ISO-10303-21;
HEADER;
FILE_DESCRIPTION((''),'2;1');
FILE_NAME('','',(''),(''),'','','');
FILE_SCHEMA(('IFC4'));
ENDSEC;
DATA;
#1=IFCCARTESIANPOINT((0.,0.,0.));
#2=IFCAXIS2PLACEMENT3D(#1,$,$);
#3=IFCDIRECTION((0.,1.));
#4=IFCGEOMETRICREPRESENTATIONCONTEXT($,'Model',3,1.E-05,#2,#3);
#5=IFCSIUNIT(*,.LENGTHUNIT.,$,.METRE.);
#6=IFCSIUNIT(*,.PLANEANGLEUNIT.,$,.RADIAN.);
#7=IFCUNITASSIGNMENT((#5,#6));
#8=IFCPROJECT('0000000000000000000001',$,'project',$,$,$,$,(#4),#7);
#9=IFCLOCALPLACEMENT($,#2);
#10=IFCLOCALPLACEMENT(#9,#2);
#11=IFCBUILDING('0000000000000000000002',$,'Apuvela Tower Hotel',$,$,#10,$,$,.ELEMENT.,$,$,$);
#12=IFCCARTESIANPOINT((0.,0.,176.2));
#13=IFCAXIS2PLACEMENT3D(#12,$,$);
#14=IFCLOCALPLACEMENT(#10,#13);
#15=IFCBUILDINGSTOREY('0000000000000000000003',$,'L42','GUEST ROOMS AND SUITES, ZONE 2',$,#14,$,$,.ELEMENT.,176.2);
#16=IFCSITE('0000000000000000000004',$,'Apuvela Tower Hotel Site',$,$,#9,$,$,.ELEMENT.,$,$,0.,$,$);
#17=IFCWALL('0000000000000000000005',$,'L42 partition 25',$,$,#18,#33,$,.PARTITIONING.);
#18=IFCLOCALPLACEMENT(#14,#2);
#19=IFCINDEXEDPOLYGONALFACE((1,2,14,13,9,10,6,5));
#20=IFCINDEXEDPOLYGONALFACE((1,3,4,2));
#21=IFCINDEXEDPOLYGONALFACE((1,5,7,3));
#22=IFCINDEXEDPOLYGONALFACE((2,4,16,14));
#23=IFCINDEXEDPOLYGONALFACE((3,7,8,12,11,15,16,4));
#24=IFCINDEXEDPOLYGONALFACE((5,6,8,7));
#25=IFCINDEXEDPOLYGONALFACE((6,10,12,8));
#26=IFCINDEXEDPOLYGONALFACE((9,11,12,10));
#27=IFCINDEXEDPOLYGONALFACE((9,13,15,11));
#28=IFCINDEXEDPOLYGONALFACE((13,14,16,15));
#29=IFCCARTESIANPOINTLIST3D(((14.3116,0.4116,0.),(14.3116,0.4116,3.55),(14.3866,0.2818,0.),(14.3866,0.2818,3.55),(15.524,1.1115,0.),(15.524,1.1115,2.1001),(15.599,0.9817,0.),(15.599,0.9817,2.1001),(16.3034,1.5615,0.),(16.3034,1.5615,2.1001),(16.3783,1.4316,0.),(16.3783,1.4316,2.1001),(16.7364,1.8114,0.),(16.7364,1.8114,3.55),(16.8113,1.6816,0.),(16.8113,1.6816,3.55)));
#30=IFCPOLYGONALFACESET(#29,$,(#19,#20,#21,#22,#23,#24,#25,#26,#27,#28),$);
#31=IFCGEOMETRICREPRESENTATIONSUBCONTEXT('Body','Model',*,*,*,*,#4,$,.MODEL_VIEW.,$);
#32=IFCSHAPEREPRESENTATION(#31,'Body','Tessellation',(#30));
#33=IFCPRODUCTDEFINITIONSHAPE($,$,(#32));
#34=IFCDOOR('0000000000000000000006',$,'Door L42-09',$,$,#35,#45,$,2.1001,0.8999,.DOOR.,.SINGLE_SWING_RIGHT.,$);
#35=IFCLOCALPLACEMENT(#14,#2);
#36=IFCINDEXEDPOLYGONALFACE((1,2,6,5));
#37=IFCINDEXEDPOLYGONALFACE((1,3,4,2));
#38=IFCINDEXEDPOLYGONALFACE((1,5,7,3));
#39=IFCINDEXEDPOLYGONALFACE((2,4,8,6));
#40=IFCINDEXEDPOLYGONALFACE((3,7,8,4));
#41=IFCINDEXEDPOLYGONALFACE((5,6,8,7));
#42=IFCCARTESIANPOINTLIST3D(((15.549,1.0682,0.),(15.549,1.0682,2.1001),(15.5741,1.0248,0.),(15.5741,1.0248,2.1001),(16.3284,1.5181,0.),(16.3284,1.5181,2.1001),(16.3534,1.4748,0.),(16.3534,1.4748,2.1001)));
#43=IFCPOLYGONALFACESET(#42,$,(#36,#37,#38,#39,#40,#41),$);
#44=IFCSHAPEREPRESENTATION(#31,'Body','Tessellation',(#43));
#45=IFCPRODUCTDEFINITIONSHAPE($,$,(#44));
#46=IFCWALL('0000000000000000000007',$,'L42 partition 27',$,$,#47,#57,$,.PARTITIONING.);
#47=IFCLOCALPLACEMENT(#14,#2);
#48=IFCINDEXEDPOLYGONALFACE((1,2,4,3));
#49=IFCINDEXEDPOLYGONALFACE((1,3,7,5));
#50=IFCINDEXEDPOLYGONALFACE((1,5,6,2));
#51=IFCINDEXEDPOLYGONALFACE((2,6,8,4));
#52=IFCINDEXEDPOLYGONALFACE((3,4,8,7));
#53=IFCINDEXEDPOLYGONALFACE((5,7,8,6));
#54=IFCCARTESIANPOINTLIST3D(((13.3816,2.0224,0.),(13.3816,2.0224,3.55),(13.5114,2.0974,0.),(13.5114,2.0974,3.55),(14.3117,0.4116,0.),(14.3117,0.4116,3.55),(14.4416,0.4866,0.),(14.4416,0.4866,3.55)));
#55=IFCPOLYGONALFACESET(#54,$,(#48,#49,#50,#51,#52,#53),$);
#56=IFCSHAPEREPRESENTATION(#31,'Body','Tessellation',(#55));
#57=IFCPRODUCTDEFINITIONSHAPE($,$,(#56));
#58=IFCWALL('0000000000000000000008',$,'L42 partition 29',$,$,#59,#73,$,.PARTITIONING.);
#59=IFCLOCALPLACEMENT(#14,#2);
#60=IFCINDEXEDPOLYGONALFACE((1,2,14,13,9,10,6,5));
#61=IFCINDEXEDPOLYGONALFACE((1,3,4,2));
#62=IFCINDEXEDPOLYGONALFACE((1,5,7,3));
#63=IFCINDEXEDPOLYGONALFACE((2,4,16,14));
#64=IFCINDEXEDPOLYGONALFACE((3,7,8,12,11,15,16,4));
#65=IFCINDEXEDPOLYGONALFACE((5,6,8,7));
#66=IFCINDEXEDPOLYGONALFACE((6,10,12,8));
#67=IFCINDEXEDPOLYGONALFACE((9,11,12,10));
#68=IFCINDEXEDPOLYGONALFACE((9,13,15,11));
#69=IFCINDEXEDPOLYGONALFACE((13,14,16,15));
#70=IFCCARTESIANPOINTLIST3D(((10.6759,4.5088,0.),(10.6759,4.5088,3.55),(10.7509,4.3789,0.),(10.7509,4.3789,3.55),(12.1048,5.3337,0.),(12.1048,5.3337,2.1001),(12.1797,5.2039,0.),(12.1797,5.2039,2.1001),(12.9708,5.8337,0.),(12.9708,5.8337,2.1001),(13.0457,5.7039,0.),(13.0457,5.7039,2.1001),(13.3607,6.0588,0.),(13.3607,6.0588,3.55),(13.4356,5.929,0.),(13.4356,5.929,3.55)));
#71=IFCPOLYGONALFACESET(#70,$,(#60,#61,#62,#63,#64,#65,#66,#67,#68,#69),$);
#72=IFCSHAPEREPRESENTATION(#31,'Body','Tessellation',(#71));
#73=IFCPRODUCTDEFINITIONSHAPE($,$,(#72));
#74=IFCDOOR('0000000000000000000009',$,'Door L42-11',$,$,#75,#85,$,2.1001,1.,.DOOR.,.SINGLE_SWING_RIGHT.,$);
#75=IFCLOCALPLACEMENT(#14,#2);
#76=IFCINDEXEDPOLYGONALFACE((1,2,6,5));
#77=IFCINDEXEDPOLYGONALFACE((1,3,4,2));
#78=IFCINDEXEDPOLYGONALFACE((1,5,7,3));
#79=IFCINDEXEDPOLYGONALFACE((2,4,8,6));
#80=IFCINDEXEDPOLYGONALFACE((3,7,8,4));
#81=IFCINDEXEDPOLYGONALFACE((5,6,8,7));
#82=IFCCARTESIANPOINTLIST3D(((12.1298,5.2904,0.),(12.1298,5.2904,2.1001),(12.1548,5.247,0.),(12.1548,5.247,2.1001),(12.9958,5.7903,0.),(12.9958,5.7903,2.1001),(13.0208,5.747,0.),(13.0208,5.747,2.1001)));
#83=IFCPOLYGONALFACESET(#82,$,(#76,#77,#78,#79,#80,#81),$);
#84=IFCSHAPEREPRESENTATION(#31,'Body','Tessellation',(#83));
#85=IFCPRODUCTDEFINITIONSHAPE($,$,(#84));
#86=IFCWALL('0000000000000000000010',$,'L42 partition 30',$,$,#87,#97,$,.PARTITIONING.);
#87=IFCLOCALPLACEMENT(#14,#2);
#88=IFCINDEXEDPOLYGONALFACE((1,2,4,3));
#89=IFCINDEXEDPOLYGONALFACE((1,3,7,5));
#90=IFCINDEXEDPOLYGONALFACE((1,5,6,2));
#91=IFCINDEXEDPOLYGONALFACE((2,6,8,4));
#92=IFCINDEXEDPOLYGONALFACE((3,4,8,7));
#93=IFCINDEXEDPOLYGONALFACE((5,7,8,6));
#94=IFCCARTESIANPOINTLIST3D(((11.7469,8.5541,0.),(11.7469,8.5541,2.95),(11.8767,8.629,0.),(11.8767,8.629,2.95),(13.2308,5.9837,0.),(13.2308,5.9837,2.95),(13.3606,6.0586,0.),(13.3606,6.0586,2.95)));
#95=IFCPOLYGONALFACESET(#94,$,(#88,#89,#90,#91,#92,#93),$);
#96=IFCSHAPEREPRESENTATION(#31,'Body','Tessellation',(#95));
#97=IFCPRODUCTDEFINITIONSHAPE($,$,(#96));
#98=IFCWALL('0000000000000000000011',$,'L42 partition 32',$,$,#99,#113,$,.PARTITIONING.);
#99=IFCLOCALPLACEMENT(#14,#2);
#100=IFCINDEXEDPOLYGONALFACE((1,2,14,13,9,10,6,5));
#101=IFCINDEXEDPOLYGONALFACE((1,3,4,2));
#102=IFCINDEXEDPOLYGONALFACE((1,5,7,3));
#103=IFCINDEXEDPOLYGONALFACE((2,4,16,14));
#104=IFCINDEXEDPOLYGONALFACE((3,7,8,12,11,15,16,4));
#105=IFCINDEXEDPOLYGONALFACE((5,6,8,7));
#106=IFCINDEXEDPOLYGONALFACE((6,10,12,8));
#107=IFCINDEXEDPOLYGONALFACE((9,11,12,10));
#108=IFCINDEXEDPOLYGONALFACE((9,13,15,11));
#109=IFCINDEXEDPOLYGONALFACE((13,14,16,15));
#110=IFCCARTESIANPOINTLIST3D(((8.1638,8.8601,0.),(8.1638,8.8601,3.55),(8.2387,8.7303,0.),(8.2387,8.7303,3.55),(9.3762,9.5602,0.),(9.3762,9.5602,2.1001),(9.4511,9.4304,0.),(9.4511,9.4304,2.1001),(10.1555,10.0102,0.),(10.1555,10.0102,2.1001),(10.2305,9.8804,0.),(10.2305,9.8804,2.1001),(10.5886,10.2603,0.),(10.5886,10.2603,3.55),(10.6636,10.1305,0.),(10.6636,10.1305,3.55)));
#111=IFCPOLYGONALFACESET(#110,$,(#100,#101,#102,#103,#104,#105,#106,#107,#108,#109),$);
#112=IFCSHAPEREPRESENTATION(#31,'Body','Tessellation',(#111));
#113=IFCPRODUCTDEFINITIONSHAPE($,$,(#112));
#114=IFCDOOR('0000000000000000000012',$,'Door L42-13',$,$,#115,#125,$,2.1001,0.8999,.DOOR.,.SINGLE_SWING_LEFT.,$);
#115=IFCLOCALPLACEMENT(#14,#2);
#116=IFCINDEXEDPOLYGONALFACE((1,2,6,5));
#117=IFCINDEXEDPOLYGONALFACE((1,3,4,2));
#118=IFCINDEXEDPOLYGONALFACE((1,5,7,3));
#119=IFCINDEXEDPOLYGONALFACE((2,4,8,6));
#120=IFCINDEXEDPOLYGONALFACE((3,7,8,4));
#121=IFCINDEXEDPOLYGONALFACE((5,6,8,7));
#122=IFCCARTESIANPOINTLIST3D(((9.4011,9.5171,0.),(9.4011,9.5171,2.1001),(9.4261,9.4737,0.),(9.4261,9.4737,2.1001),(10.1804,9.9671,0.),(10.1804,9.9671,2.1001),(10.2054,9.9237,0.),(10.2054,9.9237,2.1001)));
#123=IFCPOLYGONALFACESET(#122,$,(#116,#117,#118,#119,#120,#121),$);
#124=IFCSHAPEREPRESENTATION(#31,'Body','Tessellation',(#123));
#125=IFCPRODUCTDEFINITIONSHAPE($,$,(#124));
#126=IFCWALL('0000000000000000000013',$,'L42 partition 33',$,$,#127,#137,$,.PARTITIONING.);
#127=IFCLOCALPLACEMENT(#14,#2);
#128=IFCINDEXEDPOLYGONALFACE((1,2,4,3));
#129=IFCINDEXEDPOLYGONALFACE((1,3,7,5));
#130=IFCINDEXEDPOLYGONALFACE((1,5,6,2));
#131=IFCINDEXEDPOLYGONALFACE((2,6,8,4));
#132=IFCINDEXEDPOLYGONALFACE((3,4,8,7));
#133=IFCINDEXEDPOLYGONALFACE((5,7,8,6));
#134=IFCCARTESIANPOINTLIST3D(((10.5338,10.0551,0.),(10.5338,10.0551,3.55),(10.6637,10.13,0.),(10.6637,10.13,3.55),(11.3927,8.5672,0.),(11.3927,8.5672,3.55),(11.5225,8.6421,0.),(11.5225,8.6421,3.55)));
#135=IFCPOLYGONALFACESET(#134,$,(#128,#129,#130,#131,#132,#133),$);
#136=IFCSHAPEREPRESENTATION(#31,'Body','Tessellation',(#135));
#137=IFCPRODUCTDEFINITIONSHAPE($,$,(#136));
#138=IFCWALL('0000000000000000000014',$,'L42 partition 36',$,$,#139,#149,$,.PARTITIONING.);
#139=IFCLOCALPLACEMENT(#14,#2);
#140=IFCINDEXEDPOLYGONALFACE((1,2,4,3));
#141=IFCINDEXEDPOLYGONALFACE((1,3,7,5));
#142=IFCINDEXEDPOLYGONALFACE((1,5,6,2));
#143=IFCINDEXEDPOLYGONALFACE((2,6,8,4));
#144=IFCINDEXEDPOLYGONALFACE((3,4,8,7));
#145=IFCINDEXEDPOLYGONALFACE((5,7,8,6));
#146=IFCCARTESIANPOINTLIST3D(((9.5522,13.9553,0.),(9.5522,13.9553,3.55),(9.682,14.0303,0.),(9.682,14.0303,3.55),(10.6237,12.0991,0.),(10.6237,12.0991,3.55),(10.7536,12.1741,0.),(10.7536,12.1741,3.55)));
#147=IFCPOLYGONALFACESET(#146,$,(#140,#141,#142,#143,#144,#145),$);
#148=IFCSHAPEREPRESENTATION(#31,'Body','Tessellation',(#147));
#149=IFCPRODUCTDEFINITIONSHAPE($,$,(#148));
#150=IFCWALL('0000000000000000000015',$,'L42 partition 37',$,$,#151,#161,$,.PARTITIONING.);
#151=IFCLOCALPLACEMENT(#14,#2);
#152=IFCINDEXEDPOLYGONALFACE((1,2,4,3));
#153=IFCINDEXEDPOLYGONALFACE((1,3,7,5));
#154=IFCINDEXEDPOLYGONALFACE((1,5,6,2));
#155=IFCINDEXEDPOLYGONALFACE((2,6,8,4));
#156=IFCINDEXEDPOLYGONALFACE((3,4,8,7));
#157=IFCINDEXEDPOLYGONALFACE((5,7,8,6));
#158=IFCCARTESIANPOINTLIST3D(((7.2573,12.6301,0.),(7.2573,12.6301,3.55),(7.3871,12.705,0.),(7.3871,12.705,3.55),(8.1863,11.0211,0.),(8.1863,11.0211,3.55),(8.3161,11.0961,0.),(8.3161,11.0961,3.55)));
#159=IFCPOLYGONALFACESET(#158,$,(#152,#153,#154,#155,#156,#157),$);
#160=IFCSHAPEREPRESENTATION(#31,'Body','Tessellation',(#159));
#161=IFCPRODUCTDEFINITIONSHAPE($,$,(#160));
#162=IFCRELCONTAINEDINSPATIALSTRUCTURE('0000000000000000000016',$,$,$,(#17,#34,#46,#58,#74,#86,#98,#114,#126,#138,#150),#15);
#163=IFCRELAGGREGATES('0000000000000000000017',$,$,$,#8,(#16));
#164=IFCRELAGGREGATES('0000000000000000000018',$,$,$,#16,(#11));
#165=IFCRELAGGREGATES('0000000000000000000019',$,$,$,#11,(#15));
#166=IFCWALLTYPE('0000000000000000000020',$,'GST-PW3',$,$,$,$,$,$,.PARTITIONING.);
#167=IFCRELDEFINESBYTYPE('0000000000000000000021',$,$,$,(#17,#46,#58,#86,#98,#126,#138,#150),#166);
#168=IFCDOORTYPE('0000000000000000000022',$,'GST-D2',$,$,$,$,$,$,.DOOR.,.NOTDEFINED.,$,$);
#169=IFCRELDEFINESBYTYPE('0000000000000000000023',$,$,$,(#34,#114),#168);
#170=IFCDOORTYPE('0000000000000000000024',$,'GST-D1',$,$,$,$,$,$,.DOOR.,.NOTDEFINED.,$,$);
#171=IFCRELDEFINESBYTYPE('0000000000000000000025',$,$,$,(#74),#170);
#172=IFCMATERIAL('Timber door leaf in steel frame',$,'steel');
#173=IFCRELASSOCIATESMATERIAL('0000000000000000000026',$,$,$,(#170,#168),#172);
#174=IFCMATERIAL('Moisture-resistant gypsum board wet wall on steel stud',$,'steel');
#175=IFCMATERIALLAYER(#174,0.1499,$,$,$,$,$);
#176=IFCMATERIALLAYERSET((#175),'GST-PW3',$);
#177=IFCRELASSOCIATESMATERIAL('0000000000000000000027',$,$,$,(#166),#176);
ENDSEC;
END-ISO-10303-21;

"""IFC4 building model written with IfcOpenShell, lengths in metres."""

from ifc_helpers import new_model, si_unit, direction, frame, frame_2d, origin, place, context, subcontext, project, spatial, rectangle, extrude, material, layer, layer_set, type_object, element, fill, save


model = new_model("IFC4")

# Units and contexts
model_context = context("Model", 3, precision=1e-05, world=origin(), true_north=direction((0.0, 1.0)))
body_context = subcontext(model_context, "Body", "Model", "MODEL_VIEW")
ifc_project = project(units=[si_unit("LENGTHUNIT", "METRE"), si_unit("PLANEANGLEUNIT", "RADIAN")], contexts=[model_context])

# Site, building, storey
site_placement = place(None, origin())
site = spatial("IfcSite", under=ifc_project, at=site_placement, Name="Apuvela Tower Hotel Site", CompositionType="ELEMENT", RefElevation=0.0)
building_placement = place(site_placement, origin())
building = spatial("IfcBuilding", under=site, at=building_placement, Name="Apuvela Tower Hotel", CompositionType="ELEMENT")
storey_placement = place(building_placement, frame((0.0, 0.0, 176.2)))
storey = spatial("IfcBuildingStorey", under=building, at=storey_placement, Name="L42", Description="GUEST ROOMS AND SUITES, ZONE 2", CompositionType="ELEMENT", Elevation=176.2)

# Wall, opening, door
ifc_material_1 = material(Name="Timber door leaf in steel frame", Category="steel")
door_type_1 = type_object("IfcDoorType", Name="GST-D1", OperationType="NOTDEFINED", PredefinedType="DOOR", material=ifc_material_1)
ifc_material_2 = material(Name="Moisture-resistant gypsum board wet wall on steel stud", Category="steel")
ifc_layer_1 = layer(ifc_material_2, 0.1499)
ifc_layer_set_1 = layer_set([ifc_layer_1], Name="GST-PW3")
wall_type_1 = type_object("IfcWallType", Name="GST-PW3", PredefinedType="PARTITIONING", material=ifc_layer_set_1)
wall_1_placement = place(storey_placement, frame((14.3491, 0.3467, 0.0), z_axis=(0.0, 0.0, 1.0), x_axis=(0.866035, 0.499984, 0.0)))
wall_1 = element("IfcWall", 1, at=wall_1_placement, inside=storey, type_object=wall_type_1, Name="L42 partition 25", PredefinedType="PARTITIONING", context=body_context, shape_type="SweptSolid", body=[
    extrude(rectangle(XDim=2.7998, YDim=0.1499, at=frame_2d((1.3999, 0.0))), origin(), (0.0, 0.0, 1.0), 3.55),
])
opening_1_placement = place(wall_1_placement, frame((1.3999, 0.0, 0.0)))
opening_1 = element("IfcOpeningElement", 2, at=opening_1_placement, cuts=wall_1, PredefinedType="OPENING", context=body_context, shape_type="SweptSolid", body=[
    extrude(rectangle(XDim=0.8999, YDim=2.1001, at=frame_2d((0.45, 1.05))), frame((0.0, 0.085, 0.0), z_axis=(0.0, -1.0, 0.0), x_axis=(1.0, 0.0, 0.0)), (0.0, 0.0, 1.0), 0.1699),
])
door_type_2 = type_object("IfcDoorType", Name="GST-D2", OperationType="NOTDEFINED", PredefinedType="DOOR", material=ifc_material_1)
door_1_placement = place(opening_1_placement, origin())
door_1 = element("IfcDoor", 3, at=door_1_placement, inside=storey, type_object=door_type_2, Name="Door L42-09", OperationType="SINGLE_SWING_RIGHT", OverallHeight=2.1001, OverallWidth=0.8999, PredefinedType="DOOR", context=body_context, shape_type="SweptSolid", body=[
    extrude(rectangle(XDim=0.8999, YDim=2.1001, at=frame_2d((0.45, 1.05))), frame((0.0, 0.0249, 0.0), z_axis=(0.0, -1.0, 0.0), x_axis=(1.0, 0.0, 0.0)), (0.0, 0.0, 1.0), 0.05),
])
fill(opening_1, door_1)

# Wall
wall_2_placement = place(storey_placement, frame((14.3767, 0.449, 0.0), z_axis=(0.0, 0.0, 1.0), x_axis=(-0.500063, 0.865989, 0.0)))
element("IfcWall", 4, at=wall_2_placement, inside=storey, type_object=wall_type_1, Name="L42 partition 27", PredefinedType="PARTITIONING", context=body_context, shape_type="SweptSolid", body=[
    extrude(rectangle(XDim=1.8601, YDim=0.1499, at=frame_2d((0.9302, 0.0))), origin(), (0.0, 0.0, 1.0), 3.55),
])

# Wall, opening, door
wall_3_placement = place(storey_placement, frame((10.7134, 4.4438, 0.0), z_axis=(0.0, 0.0, 1.0), x_axis=(0.86603, 0.499993, 0.0)))
wall_3 = element("IfcWall", 5, at=wall_3_placement, inside=storey, type_object=wall_type_1, Name="L42 partition 29", PredefinedType="PARTITIONING", context=body_context, shape_type="SweptSolid", body=[
    extrude(rectangle(XDim=3.1001, YDim=0.1499, at=frame_2d((1.55, 0.0))), origin(), (0.0, 0.0, 1.0), 3.55),
])
opening_2_placement = place(wall_3_placement, frame((1.6499, 0.0, 0.0)))
opening_2 = element("IfcOpeningElement", 6, at=opening_2_placement, cuts=wall_3, PredefinedType="OPENING", context=body_context, shape_type="SweptSolid", body=[
    extrude(rectangle(XDim=1.0, YDim=2.1001, at=frame_2d((0.5, 1.05))), frame((0.0, 0.085, 0.0), z_axis=(0.0, -1.0, 0.0), x_axis=(1.0, 0.0, 0.0)), (0.0, 0.0, 1.0), 0.1699),
])
door_2_placement = place(opening_2_placement, origin())
door_2 = element("IfcDoor", 7, at=door_2_placement, inside=storey, type_object=door_type_1, Name="Door L42-11", OperationType="SINGLE_SWING_RIGHT", OverallHeight=2.1001, OverallWidth=1.0, PredefinedType="DOOR", context=body_context, shape_type="SweptSolid", body=[
    extrude(rectangle(XDim=1.0, YDim=2.1001, at=frame_2d((0.5, 1.05))), frame((0.0, 0.0249, 0.0), z_axis=(0.0, -1.0, 0.0), x_axis=(1.0, 0.0, 0.0)), (0.0, 0.0, 1.0), 0.05),
])
fill(opening_2, door_2)

# Wall
wall_4_placement = place(storey_placement, frame((13.2957, 6.0212, 0.0), z_axis=(0.0, 0.0, 1.0), x_axis=(-0.499979, 0.866038, 0.0)))
element("IfcWall", 8, at=wall_4_placement, inside=storey, type_object=wall_type_1, Name="L42 partition 30", PredefinedType="PARTITIONING", context=body_context, shape_type="SweptSolid", body=[
    extrude(rectangle(XDim=2.968, YDim=0.1499, at=frame_2d((1.4839, 0.0))), origin(), (0.0, 0.0, 1.0), 2.95),
])

# Wall, opening, door
wall_5_placement = place(storey_placement, frame((10.626, 10.1953, 0.0), z_axis=(0.0, 0.0, 1.0), x_axis=(-0.865997, -0.50005, 0.0)))
wall_5 = element("IfcWall", 9, at=wall_5_placement, inside=storey, type_object=wall_type_1, Name="L42 partition 32", PredefinedType="PARTITIONING", context=body_context, shape_type="SweptSolid", body=[
    extrude(rectangle(XDim=2.8, YDim=0.1499, at=frame_2d((1.3999, 0.0))), origin(), (0.0, 0.0, 1.0), 3.55),
])
opening_3_placement = place(wall_5_placement, frame((0.5, 0.0, 0.0)))
opening_3 = element("IfcOpeningElement", 10, at=opening_3_placement, cuts=wall_5, PredefinedType="OPENING", context=body_context, shape_type="SweptSolid", body=[
    extrude(rectangle(XDim=0.8999, YDim=2.1001, at=frame_2d((0.45, 1.05))), frame((0.0, 0.085, 0.0), z_axis=(0.0, -1.0, 0.0), x_axis=(1.0, 0.0, 0.0)), (0.0, 0.0, 1.0), 0.1699),
])
door_3_placement = place(opening_3_placement, origin())
door_3 = element("IfcDoor", 11, at=door_3_placement, inside=storey, type_object=door_type_2, Name="Door L42-13", OperationType="SINGLE_SWING_LEFT", OverallHeight=2.1001, OverallWidth=0.8999, PredefinedType="DOOR", context=body_context, shape_type="SweptSolid", body=[
    extrude(rectangle(XDim=0.8999, YDim=2.1001, at=frame_2d((0.45, 1.05))), frame((0.0, 0.0249, 0.0), z_axis=(0.0, -1.0, 0.0), x_axis=(1.0, 0.0, 0.0)), (0.0, 0.0, 1.0), 0.05),
])
fill(opening_3, door_3)

# Walls
wall_6_placement = place(storey_placement, frame((11.4575, 8.6047, 0.0), z_axis=(0.0, 0.0, 1.0), x_axis=(-0.499899, 0.866084, 0.0)))
element("IfcWall", 12, at=wall_6_placement, inside=storey, type_object=wall_type_1, Name="L42 partition 33", PredefinedType="PARTITIONING", context=body_context, shape_type="SweptSolid", body=[
    extrude(rectangle(XDim=1.718, YDim=0.1499, at=frame_2d((0.8589, 0.0))), origin(), (0.0, 0.0, 1.0), 3.55),
])
wall_7_placement = place(storey_placement, frame((10.6887, 12.1365, 0.0), z_axis=(0.0, 0.0, 1.0), x_axis=(-0.499949, 0.866055, 0.0)))
element("IfcWall", 13, at=wall_7_placement, inside=storey, type_object=wall_type_1, Name="L42 partition 36", PredefinedType="PARTITIONING", context=body_context, shape_type="SweptSolid", body=[
    extrude(rectangle(XDim=2.1433, YDim=0.1499, at=frame_2d((1.0718, 0.0))), origin(), (0.0, 0.0, 1.0), 3.55),
])
wall_8_placement = place(storey_placement, frame((8.2512, 11.0586, 0.0), z_axis=(0.0, 0.0, 1.0), x_axis=(-0.500026, 0.866011, 0.0)))
element("IfcWall", 14, at=wall_8_placement, inside=storey, type_object=wall_type_1, Name="L42 partition 37", PredefinedType="PARTITIONING", context=body_context, shape_type="SweptSolid", body=[
    extrude(rectangle(XDim=1.8579, YDim=0.1499, at=frame_2d((0.929, 0.0))), origin(), (0.0, 0.0, 1.0), 3.55),
])

save(model, "model.ifc")
